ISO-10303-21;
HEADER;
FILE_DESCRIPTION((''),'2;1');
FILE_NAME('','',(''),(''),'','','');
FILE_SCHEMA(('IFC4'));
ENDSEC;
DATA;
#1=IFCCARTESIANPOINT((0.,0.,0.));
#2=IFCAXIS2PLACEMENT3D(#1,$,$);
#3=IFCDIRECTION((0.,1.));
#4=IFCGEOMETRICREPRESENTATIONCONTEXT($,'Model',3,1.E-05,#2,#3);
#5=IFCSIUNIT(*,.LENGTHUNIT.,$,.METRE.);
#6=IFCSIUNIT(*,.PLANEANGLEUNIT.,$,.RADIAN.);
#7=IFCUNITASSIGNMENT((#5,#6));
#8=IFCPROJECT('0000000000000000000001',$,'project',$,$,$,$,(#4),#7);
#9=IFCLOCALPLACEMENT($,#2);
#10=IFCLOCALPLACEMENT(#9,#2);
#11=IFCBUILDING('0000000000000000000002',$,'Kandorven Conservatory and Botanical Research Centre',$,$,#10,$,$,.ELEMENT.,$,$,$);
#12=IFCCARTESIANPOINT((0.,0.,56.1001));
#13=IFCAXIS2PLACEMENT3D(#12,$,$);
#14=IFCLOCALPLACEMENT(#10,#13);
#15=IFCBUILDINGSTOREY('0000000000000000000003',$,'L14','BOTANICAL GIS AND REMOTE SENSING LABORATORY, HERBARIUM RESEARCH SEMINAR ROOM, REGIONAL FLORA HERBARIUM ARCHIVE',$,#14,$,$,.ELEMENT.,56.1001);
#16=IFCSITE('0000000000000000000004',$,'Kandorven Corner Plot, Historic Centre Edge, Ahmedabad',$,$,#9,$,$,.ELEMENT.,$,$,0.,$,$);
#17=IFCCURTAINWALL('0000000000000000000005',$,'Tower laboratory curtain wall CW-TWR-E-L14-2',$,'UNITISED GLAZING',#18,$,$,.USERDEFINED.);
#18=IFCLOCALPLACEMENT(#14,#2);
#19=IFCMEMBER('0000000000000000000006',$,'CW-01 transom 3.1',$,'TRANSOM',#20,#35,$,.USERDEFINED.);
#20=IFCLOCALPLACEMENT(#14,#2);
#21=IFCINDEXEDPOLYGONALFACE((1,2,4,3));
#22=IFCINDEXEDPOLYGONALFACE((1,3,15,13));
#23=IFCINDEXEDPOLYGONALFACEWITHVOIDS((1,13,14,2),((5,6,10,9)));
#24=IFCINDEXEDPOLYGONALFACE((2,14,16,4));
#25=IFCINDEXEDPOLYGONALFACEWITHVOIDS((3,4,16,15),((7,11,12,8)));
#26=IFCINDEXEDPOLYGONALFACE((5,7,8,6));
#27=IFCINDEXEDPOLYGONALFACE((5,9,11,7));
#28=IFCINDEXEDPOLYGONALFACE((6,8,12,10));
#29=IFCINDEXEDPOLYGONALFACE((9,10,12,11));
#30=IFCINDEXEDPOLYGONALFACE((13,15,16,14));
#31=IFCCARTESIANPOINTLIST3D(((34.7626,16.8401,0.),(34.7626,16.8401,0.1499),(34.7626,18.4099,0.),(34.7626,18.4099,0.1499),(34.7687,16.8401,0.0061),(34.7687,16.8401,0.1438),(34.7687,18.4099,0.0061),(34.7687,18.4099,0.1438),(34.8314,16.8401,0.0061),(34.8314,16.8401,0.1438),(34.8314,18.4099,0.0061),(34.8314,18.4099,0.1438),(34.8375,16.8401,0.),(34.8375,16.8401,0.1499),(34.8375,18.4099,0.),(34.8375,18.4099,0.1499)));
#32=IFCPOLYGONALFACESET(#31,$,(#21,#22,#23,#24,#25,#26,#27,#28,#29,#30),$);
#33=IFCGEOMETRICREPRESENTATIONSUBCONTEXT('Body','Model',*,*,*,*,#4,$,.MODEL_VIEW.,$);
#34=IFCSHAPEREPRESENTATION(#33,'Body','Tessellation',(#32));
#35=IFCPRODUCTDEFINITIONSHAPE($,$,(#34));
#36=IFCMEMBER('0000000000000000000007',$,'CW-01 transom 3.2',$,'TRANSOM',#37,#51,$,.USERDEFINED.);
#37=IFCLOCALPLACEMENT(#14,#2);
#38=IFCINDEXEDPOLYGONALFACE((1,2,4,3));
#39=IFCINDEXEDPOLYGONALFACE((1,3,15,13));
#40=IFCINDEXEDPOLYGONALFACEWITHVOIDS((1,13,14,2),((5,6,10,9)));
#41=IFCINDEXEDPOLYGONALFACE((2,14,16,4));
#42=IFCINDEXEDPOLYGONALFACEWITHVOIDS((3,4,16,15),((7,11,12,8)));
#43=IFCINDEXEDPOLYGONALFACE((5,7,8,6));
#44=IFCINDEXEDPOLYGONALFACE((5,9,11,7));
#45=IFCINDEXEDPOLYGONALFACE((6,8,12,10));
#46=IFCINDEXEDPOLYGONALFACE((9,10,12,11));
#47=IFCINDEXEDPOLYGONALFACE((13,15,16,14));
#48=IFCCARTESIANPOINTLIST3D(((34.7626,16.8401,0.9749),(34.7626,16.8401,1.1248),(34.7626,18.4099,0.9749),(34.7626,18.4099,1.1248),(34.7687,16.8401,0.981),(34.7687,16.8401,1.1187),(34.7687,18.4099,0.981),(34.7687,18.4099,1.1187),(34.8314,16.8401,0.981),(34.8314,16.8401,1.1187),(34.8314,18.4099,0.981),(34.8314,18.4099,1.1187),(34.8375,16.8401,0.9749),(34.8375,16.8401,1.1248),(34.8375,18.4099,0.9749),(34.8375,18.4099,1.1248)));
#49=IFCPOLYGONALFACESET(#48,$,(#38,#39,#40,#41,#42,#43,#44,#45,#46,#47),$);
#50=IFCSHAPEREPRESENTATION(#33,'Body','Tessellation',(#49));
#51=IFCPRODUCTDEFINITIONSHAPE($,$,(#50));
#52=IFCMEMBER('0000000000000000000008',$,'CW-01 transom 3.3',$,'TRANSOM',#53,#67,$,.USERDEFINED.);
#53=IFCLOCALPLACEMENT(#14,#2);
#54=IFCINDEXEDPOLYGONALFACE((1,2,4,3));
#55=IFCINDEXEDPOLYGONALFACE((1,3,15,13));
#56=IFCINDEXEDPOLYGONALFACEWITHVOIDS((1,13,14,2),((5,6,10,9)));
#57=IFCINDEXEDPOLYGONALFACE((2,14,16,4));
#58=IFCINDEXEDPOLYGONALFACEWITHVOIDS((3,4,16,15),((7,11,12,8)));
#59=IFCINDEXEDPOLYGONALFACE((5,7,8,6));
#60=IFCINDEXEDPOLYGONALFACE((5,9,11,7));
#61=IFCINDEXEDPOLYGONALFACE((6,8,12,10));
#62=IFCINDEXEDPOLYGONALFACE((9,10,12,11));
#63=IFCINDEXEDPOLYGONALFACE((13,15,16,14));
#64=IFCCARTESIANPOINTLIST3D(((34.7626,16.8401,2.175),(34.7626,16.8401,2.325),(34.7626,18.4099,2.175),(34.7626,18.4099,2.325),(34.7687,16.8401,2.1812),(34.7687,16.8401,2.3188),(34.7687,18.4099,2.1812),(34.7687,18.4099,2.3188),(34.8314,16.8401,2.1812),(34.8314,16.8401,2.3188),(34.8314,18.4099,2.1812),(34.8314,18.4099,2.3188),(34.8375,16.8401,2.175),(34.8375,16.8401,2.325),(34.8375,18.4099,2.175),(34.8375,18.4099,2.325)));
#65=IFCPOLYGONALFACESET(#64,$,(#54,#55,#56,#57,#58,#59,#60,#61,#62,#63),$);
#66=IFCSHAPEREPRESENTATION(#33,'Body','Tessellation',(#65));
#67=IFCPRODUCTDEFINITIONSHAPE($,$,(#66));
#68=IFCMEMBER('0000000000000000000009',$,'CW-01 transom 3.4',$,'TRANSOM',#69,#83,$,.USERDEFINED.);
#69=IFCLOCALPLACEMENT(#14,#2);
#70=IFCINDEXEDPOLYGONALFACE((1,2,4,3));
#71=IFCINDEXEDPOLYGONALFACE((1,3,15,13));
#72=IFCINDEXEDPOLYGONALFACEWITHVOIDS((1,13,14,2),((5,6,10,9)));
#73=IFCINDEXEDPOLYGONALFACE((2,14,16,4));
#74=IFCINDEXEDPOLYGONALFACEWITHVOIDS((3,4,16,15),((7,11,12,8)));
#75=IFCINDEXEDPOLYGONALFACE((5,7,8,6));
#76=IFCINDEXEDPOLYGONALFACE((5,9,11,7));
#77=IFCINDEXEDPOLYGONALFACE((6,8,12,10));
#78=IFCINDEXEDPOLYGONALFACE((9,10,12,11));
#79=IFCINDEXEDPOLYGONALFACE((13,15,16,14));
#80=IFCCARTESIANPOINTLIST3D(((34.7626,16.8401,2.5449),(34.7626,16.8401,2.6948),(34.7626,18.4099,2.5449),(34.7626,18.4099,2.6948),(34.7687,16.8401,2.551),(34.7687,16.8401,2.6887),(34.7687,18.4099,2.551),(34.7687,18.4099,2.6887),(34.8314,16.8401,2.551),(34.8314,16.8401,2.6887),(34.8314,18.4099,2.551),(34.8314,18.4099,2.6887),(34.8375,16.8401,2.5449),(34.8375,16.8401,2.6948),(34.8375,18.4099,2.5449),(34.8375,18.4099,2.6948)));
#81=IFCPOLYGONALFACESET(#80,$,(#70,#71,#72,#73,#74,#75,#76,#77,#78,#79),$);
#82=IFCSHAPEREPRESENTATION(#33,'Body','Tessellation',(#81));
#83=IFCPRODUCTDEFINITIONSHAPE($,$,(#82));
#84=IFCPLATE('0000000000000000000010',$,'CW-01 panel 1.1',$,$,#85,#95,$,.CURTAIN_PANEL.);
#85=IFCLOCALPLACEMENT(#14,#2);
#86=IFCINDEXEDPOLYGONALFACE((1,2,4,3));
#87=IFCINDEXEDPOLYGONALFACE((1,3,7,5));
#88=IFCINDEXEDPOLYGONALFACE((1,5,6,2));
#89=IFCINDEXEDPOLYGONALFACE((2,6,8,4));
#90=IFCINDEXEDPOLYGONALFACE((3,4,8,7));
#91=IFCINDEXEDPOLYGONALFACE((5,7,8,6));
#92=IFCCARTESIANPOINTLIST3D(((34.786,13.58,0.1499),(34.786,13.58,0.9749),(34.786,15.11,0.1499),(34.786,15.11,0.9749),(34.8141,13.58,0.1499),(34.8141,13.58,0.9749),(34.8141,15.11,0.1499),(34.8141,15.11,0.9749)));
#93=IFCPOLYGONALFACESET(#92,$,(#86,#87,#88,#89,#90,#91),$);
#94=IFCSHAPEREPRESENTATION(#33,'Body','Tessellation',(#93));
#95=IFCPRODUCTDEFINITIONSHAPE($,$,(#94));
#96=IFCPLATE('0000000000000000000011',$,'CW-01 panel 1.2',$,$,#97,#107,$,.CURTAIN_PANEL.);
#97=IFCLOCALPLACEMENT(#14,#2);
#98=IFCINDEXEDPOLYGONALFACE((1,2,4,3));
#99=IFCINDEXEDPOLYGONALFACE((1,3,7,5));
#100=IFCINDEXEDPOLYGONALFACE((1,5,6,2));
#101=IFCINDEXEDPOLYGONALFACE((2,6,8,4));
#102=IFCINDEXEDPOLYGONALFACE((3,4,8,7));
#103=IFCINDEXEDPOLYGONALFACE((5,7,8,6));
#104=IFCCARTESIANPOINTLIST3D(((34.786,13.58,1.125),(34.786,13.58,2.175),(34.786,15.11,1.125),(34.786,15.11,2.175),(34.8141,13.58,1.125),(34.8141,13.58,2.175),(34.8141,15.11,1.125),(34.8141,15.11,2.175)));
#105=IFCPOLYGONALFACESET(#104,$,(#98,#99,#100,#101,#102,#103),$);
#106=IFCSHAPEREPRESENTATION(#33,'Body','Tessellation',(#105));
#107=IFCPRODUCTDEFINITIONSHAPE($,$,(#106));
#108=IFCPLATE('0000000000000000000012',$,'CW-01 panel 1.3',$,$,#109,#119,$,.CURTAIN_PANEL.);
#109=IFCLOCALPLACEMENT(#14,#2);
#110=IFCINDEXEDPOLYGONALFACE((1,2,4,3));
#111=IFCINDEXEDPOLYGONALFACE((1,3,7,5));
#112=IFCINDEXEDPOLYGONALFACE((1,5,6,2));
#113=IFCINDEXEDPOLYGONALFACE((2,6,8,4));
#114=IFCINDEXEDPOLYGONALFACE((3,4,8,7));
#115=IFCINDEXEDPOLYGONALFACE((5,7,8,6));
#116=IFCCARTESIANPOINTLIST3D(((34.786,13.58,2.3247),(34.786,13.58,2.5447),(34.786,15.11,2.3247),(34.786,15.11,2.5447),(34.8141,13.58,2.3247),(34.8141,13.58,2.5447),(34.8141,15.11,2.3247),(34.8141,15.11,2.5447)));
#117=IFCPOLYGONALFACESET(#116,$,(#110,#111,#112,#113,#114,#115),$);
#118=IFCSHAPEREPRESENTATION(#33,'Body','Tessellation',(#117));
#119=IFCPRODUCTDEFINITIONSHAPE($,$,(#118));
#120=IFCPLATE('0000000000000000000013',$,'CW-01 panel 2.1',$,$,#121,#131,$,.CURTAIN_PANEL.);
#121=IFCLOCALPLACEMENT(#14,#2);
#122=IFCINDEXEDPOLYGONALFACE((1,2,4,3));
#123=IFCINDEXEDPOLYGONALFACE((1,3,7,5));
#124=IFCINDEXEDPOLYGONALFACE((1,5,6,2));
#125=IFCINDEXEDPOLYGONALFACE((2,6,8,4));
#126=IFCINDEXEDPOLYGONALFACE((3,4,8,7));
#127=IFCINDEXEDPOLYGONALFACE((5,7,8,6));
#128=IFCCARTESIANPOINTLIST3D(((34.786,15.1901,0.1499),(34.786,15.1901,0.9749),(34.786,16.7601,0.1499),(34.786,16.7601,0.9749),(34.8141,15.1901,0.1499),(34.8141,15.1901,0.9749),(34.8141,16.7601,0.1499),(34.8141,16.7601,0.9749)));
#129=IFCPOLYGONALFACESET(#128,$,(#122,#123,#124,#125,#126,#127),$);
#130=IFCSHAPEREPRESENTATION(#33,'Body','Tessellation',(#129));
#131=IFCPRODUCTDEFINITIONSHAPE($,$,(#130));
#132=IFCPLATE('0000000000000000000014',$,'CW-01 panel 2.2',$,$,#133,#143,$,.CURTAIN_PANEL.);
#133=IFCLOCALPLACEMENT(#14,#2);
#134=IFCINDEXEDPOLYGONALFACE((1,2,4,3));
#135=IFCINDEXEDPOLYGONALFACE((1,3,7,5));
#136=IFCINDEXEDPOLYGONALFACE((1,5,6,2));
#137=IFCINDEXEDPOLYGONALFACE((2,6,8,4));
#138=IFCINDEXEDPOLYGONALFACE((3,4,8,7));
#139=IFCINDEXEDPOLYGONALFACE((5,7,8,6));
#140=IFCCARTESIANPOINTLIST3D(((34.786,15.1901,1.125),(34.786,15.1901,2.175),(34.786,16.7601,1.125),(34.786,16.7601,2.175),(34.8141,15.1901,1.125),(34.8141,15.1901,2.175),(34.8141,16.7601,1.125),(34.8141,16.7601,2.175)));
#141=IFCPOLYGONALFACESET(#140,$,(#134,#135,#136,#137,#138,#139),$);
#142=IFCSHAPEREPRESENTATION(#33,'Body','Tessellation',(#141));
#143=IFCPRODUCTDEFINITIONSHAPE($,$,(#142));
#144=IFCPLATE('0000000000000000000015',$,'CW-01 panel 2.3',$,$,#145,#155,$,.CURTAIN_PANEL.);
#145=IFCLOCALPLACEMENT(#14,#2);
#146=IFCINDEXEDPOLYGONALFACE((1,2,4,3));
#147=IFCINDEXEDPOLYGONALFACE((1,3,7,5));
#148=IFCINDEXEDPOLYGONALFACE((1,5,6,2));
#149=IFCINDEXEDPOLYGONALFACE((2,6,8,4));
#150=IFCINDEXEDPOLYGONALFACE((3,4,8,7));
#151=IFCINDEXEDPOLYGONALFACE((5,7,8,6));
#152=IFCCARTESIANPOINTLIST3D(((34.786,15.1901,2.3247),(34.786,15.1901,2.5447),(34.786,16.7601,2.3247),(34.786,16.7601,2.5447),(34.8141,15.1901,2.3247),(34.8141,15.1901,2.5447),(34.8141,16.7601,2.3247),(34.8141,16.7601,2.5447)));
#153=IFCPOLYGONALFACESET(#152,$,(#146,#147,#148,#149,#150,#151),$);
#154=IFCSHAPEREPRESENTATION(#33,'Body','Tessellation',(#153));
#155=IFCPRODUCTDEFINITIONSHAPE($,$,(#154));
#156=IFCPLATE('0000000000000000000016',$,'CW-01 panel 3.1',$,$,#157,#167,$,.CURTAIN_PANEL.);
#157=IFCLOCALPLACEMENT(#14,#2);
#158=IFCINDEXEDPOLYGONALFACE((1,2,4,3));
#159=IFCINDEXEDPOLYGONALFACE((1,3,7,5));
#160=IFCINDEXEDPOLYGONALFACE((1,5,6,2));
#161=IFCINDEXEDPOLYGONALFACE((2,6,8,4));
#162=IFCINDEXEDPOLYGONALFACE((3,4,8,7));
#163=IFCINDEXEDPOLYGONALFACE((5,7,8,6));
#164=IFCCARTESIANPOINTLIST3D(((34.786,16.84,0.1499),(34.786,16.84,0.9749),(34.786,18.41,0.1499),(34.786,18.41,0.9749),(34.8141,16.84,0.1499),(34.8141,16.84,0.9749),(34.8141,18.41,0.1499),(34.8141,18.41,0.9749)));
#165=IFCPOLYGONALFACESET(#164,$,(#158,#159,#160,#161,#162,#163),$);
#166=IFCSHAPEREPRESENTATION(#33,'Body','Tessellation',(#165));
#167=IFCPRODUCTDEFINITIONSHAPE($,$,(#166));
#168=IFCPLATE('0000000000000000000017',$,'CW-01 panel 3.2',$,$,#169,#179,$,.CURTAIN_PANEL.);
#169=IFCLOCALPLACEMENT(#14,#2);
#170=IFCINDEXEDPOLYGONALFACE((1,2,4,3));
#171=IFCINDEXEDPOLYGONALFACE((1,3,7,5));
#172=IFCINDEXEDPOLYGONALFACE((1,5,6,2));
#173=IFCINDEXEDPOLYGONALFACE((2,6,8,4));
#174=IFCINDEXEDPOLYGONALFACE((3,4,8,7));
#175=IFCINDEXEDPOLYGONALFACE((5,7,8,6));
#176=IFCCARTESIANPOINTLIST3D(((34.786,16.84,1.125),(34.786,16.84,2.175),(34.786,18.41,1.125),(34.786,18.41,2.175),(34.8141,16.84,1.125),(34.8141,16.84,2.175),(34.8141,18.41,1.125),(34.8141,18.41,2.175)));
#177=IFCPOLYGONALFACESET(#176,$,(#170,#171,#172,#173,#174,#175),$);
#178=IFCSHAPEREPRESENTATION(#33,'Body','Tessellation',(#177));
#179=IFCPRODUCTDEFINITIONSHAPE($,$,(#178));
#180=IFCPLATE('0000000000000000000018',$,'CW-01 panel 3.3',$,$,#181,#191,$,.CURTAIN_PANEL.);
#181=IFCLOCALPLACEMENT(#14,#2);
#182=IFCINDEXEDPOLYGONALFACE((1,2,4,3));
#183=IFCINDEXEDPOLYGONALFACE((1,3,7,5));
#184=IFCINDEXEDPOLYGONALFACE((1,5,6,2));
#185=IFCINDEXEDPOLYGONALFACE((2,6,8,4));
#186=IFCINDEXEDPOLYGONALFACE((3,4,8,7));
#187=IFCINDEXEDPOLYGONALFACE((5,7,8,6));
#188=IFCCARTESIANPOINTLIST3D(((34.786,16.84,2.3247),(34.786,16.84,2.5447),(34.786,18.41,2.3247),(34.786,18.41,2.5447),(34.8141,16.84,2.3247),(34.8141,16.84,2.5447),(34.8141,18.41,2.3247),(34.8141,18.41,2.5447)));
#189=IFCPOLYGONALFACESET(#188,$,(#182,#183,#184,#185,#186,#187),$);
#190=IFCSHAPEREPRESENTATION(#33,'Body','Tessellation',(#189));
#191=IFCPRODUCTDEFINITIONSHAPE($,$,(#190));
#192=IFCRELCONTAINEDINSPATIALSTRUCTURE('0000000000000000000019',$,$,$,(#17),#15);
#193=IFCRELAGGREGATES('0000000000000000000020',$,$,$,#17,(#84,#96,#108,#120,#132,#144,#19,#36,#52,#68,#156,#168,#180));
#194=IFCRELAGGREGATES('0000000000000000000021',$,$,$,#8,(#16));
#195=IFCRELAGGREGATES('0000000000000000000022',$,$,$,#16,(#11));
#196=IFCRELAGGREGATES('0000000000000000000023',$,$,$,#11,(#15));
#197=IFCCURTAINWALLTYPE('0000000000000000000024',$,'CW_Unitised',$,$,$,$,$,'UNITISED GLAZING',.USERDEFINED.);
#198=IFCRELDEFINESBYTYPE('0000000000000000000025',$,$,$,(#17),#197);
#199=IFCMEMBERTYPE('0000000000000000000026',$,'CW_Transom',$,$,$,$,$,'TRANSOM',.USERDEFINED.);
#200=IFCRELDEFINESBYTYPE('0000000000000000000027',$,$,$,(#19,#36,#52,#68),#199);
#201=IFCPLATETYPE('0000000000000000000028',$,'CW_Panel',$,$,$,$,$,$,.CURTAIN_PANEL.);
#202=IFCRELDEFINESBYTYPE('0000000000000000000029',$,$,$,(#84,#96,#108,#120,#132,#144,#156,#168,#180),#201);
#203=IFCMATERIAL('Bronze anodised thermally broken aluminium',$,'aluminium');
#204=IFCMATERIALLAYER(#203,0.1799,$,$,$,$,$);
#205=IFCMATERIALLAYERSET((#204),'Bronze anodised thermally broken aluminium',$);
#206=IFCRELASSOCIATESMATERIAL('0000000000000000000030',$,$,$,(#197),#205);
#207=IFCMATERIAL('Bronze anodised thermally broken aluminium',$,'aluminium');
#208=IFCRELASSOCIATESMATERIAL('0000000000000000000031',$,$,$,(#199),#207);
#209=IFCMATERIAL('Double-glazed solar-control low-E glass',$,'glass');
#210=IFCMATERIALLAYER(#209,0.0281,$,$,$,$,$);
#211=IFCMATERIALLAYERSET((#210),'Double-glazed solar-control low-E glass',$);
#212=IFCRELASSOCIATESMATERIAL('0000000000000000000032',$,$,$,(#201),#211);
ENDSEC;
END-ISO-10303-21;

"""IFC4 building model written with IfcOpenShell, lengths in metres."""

from ifc_helpers import new_model, si_unit, direction, frame, origin, origin_2d, place, context, subcontext, project, spatial, rectangle, hollow_rectangle, extrude, material, layer, layer_set, material_profile, profile_set, type_object, element, aggregate, save


model = new_model("IFC4")

# Units and contexts
model_context = context("Model", 3, precision=1e-05, world=origin(), true_north=direction((0.0, 1.0)))
body_context = subcontext(model_context, "Body", "Model", "MODEL_VIEW")
ifc_project = project(units=[si_unit("LENGTHUNIT", "METRE"), si_unit("PLANEANGLEUNIT", "RADIAN")], contexts=[model_context])

# Site, building, storey
site_placement = place(None, origin())
site = spatial("IfcSite", under=ifc_project, at=site_placement, Name="Kandorven Corner Plot, Historic Centre Edge, Ahmedabad", CompositionType="ELEMENT", RefElevation=0.0)
building_placement = place(site_placement, origin())
building = spatial("IfcBuilding", under=site, at=building_placement, Name="Kandorven Conservatory and Botanical Research Centre", CompositionType="ELEMENT")
storey_placement = place(building_placement, frame((0.0, 0.0, 56.1001)))
storey = spatial("IfcBuildingStorey", under=building, at=storey_placement, Name="L14", Description="BOTANICAL GIS AND REMOTE SENSING LABORATORY, HERBARIUM RESEARCH SEMINAR ROOM, REGIONAL FLORA HERBARIUM ARCHIVE", CompositionType="ELEMENT", Elevation=56.1001)

# Curtain wall, members, plates
ifc_material_1 = material(Name="Bronze anodised thermally broken aluminium", Category="aluminium")
ifc_layer_1 = layer(ifc_material_1, 0.1799)
ifc_layer_set_1 = layer_set([ifc_layer_1], Name="Bronze anodised thermally broken aluminium")
curtain_wall_type = type_object("IfcCurtainWallType", Name="CW_Unitised", ElementType="UNITISED GLAZING", PredefinedType="USERDEFINED", material=ifc_layer_set_1)
curtain_wall_placement = place(storey_placement, origin())
curtain_wall = element("IfcCurtainWall", 1, at=curtain_wall_placement, inside=storey, type_object=curtain_wall_type, Name="Tower laboratory curtain wall CW-TWR-E-L14-2", ObjectType="UNITISED GLAZING", PredefinedType="USERDEFINED")
ifc_material_2 = material(Name="Bronze anodised thermally broken aluminium", Category="aluminium")
ifc_material_profile_1 = material_profile(ifc_material_2, hollow_rectangle(XDim=0.075, YDim=0.1499, WallThickness=0.0061, at=origin_2d()))
ifc_profile_set_1 = profile_set([ifc_material_profile_1], Name="Bronze anodised thermally broken aluminium")
member_type_1 = type_object("IfcMemberType", Name="CW_Transom", ElementType="TRANSOM", PredefinedType="USERDEFINED", material=ifc_profile_set_1)
member_1_placement = place(storey_placement, frame((34.8, 16.8401, 0.075), z_axis=(0.0, 1.0, 0.0), x_axis=(-1.0, 0.0, 0.0)))
member_1 = element("IfcMember", 2, at=member_1_placement, type_object=member_type_1, Name="CW-01 transom 3.1", ObjectType="TRANSOM", PredefinedType="USERDEFINED", context=body_context, shape_type="SweptSolid", body=[
    extrude(hollow_rectangle(XDim=0.075, YDim=0.1499, WallThickness=0.0061, at=origin_2d()), origin(), (0.0, 0.0, 1.0), 1.5698),
])
member_2_placement = place(storey_placement, frame((34.8, 16.8401, 1.0498), z_axis=(0.0, 1.0, 0.0), x_axis=(-1.0, 0.0, 0.0)))
member_2 = element("IfcMember", 3, at=member_2_placement, type_object=member_type_1, Name="CW-01 transom 3.2", ObjectType="TRANSOM", PredefinedType="USERDEFINED", context=body_context, shape_type="SweptSolid", body=[
    extrude(hollow_rectangle(XDim=0.075, YDim=0.1499, WallThickness=0.0061, at=origin_2d()), origin(), (0.0, 0.0, 1.0), 1.5698),
])
member_3_placement = place(storey_placement, frame((34.8, 16.8401, 2.25), z_axis=(0.0, 1.0, 0.0), x_axis=(-1.0, 0.0, 0.0)))
member_3 = element("IfcMember", 4, at=member_3_placement, type_object=member_type_1, Name="CW-01 transom 3.3", ObjectType="TRANSOM", PredefinedType="USERDEFINED", context=body_context, shape_type="SweptSolid", body=[
    extrude(hollow_rectangle(XDim=0.075, YDim=0.1499, WallThickness=0.0061, at=origin_2d()), origin(), (0.0, 0.0, 1.0), 1.5698),
])
member_4_placement = place(storey_placement, frame((34.8, 16.8401, 2.6199), z_axis=(0.0, 1.0, 0.0), x_axis=(-1.0, 0.0, 0.0)))
member_4 = element("IfcMember", 5, at=member_4_placement, type_object=member_type_1, Name="CW-01 transom 3.4", ObjectType="TRANSOM", PredefinedType="USERDEFINED", context=body_context, shape_type="SweptSolid", body=[
    extrude(hollow_rectangle(XDim=0.075, YDim=0.1499, WallThickness=0.0061, at=origin_2d()), origin(), (0.0, 0.0, 1.0), 1.5698),
])
ifc_material_3 = material(Name="Double-glazed solar-control low-E glass", Category="glass")
ifc_layer_2 = layer(ifc_material_3, 0.0281)
ifc_layer_set_2 = layer_set([ifc_layer_2], Name="Double-glazed solar-control low-E glass")
plate_type_1 = type_object("IfcPlateType", Name="CW_Panel", PredefinedType="CURTAIN_PANEL", material=ifc_layer_set_2)
plate_1_placement = place(storey_placement, frame((34.8, 14.345, 0.1499), z_axis=(0.0, 0.0, 1.0), x_axis=(0.0, 1.0, 0.0)))
plate_1 = element("IfcPlate", 6, at=plate_1_placement, type_object=plate_type_1, Name="CW-01 panel 1.1", PredefinedType="CURTAIN_PANEL", context=body_context, shape_type="SweptSolid", body=[
    extrude(rectangle(XDim=1.53, YDim=0.0281, at=origin_2d()), origin(), (0.0, 0.0, 1.0), 0.825),
])
plate_2_placement = place(storey_placement, frame((34.8, 14.345, 1.125), z_axis=(0.0, 0.0, 1.0), x_axis=(0.0, 1.0, 0.0)))
plate_2 = element("IfcPlate", 7, at=plate_2_placement, type_object=plate_type_1, Name="CW-01 panel 1.2", PredefinedType="CURTAIN_PANEL", context=body_context, shape_type="SweptSolid", body=[
    extrude(rectangle(XDim=1.53, YDim=0.0281, at=origin_2d()), origin(), (0.0, 0.0, 1.0), 1.05),
])
plate_3_placement = place(storey_placement, frame((34.8, 14.345, 2.3247), z_axis=(0.0, 0.0, 1.0), x_axis=(0.0, 1.0, 0.0)))
plate_3 = element("IfcPlate", 8, at=plate_3_placement, type_object=plate_type_1, Name="CW-01 panel 1.3", PredefinedType="CURTAIN_PANEL", context=body_context, shape_type="SweptSolid", body=[
    extrude(rectangle(XDim=1.53, YDim=0.0281, at=origin_2d()), origin(), (0.0, 0.0, 1.0), 0.22),
])
plate_4_placement = place(storey_placement, frame((34.8, 15.9751, 0.1499), z_axis=(0.0, 0.0, 1.0), x_axis=(0.0, 1.0, 0.0)))
plate_4 = element("IfcPlate", 9, at=plate_4_placement, type_object=plate_type_1, Name="CW-01 panel 2.1", PredefinedType="CURTAIN_PANEL", context=body_context, shape_type="SweptSolid", body=[
    extrude(rectangle(XDim=1.5701, YDim=0.0281, at=origin_2d()), origin(), (0.0, 0.0, 1.0), 0.825),
])
plate_5_placement = place(storey_placement, frame((34.8, 15.9751, 1.125), z_axis=(0.0, 0.0, 1.0), x_axis=(0.0, 1.0, 0.0)))
plate_5 = element("IfcPlate", 10, at=plate_5_placement, type_object=plate_type_1, Name="CW-01 panel 2.2", PredefinedType="CURTAIN_PANEL", context=body_context, shape_type="SweptSolid", body=[
    extrude(rectangle(XDim=1.5701, YDim=0.0281, at=origin_2d()), origin(), (0.0, 0.0, 1.0), 1.05),
])
plate_6_placement = place(storey_placement, frame((34.8, 15.9751, 2.3247), z_axis=(0.0, 0.0, 1.0), x_axis=(0.0, 1.0, 0.0)))
plate_6 = element("IfcPlate", 11, at=plate_6_placement, type_object=plate_type_1, Name="CW-01 panel 2.3", PredefinedType="CURTAIN_PANEL", context=body_context, shape_type="SweptSolid", body=[
    extrude(rectangle(XDim=1.5701, YDim=0.0281, at=origin_2d()), origin(), (0.0, 0.0, 1.0), 0.22),
])
plate_7_placement = place(storey_placement, frame((34.8, 17.625, 0.1499), z_axis=(0.0, 0.0, 1.0), x_axis=(0.0, 1.0, 0.0)))
plate_7 = element("IfcPlate", 12, at=plate_7_placement, type_object=plate_type_1, Name="CW-01 panel 3.1", PredefinedType="CURTAIN_PANEL", context=body_context, shape_type="SweptSolid", body=[
    extrude(rectangle(XDim=1.5701, YDim=0.0281, at=origin_2d()), origin(), (0.0, 0.0, 1.0), 0.825),
])
plate_8_placement = place(storey_placement, frame((34.8, 17.625, 1.125), z_axis=(0.0, 0.0, 1.0), x_axis=(0.0, 1.0, 0.0)))
plate_8 = element("IfcPlate", 13, at=plate_8_placement, type_object=plate_type_1, Name="CW-01 panel 3.2", PredefinedType="CURTAIN_PANEL", context=body_context, shape_type="SweptSolid", body=[
    extrude(rectangle(XDim=1.5701, YDim=0.0281, at=origin_2d()), origin(), (0.0, 0.0, 1.0), 1.05),
])
plate_9_placement = place(storey_placement, frame((34.8, 17.625, 2.3247), z_axis=(0.0, 0.0, 1.0), x_axis=(0.0, 1.0, 0.0)))
plate_9 = element("IfcPlate", 14, at=plate_9_placement, type_object=plate_type_1, Name="CW-01 panel 3.3", PredefinedType="CURTAIN_PANEL", context=body_context, shape_type="SweptSolid", body=[
    extrude(rectangle(XDim=1.5701, YDim=0.0281, at=origin_2d()), origin(), (0.0, 0.0, 1.0), 0.22),
])
aggregate(curtain_wall, [plate_1, plate_2, plate_3, plate_4, plate_5, plate_6, member_1, member_2, member_3, member_4, plate_7, plate_8, plate_9])

save(model, "model.ifc")
